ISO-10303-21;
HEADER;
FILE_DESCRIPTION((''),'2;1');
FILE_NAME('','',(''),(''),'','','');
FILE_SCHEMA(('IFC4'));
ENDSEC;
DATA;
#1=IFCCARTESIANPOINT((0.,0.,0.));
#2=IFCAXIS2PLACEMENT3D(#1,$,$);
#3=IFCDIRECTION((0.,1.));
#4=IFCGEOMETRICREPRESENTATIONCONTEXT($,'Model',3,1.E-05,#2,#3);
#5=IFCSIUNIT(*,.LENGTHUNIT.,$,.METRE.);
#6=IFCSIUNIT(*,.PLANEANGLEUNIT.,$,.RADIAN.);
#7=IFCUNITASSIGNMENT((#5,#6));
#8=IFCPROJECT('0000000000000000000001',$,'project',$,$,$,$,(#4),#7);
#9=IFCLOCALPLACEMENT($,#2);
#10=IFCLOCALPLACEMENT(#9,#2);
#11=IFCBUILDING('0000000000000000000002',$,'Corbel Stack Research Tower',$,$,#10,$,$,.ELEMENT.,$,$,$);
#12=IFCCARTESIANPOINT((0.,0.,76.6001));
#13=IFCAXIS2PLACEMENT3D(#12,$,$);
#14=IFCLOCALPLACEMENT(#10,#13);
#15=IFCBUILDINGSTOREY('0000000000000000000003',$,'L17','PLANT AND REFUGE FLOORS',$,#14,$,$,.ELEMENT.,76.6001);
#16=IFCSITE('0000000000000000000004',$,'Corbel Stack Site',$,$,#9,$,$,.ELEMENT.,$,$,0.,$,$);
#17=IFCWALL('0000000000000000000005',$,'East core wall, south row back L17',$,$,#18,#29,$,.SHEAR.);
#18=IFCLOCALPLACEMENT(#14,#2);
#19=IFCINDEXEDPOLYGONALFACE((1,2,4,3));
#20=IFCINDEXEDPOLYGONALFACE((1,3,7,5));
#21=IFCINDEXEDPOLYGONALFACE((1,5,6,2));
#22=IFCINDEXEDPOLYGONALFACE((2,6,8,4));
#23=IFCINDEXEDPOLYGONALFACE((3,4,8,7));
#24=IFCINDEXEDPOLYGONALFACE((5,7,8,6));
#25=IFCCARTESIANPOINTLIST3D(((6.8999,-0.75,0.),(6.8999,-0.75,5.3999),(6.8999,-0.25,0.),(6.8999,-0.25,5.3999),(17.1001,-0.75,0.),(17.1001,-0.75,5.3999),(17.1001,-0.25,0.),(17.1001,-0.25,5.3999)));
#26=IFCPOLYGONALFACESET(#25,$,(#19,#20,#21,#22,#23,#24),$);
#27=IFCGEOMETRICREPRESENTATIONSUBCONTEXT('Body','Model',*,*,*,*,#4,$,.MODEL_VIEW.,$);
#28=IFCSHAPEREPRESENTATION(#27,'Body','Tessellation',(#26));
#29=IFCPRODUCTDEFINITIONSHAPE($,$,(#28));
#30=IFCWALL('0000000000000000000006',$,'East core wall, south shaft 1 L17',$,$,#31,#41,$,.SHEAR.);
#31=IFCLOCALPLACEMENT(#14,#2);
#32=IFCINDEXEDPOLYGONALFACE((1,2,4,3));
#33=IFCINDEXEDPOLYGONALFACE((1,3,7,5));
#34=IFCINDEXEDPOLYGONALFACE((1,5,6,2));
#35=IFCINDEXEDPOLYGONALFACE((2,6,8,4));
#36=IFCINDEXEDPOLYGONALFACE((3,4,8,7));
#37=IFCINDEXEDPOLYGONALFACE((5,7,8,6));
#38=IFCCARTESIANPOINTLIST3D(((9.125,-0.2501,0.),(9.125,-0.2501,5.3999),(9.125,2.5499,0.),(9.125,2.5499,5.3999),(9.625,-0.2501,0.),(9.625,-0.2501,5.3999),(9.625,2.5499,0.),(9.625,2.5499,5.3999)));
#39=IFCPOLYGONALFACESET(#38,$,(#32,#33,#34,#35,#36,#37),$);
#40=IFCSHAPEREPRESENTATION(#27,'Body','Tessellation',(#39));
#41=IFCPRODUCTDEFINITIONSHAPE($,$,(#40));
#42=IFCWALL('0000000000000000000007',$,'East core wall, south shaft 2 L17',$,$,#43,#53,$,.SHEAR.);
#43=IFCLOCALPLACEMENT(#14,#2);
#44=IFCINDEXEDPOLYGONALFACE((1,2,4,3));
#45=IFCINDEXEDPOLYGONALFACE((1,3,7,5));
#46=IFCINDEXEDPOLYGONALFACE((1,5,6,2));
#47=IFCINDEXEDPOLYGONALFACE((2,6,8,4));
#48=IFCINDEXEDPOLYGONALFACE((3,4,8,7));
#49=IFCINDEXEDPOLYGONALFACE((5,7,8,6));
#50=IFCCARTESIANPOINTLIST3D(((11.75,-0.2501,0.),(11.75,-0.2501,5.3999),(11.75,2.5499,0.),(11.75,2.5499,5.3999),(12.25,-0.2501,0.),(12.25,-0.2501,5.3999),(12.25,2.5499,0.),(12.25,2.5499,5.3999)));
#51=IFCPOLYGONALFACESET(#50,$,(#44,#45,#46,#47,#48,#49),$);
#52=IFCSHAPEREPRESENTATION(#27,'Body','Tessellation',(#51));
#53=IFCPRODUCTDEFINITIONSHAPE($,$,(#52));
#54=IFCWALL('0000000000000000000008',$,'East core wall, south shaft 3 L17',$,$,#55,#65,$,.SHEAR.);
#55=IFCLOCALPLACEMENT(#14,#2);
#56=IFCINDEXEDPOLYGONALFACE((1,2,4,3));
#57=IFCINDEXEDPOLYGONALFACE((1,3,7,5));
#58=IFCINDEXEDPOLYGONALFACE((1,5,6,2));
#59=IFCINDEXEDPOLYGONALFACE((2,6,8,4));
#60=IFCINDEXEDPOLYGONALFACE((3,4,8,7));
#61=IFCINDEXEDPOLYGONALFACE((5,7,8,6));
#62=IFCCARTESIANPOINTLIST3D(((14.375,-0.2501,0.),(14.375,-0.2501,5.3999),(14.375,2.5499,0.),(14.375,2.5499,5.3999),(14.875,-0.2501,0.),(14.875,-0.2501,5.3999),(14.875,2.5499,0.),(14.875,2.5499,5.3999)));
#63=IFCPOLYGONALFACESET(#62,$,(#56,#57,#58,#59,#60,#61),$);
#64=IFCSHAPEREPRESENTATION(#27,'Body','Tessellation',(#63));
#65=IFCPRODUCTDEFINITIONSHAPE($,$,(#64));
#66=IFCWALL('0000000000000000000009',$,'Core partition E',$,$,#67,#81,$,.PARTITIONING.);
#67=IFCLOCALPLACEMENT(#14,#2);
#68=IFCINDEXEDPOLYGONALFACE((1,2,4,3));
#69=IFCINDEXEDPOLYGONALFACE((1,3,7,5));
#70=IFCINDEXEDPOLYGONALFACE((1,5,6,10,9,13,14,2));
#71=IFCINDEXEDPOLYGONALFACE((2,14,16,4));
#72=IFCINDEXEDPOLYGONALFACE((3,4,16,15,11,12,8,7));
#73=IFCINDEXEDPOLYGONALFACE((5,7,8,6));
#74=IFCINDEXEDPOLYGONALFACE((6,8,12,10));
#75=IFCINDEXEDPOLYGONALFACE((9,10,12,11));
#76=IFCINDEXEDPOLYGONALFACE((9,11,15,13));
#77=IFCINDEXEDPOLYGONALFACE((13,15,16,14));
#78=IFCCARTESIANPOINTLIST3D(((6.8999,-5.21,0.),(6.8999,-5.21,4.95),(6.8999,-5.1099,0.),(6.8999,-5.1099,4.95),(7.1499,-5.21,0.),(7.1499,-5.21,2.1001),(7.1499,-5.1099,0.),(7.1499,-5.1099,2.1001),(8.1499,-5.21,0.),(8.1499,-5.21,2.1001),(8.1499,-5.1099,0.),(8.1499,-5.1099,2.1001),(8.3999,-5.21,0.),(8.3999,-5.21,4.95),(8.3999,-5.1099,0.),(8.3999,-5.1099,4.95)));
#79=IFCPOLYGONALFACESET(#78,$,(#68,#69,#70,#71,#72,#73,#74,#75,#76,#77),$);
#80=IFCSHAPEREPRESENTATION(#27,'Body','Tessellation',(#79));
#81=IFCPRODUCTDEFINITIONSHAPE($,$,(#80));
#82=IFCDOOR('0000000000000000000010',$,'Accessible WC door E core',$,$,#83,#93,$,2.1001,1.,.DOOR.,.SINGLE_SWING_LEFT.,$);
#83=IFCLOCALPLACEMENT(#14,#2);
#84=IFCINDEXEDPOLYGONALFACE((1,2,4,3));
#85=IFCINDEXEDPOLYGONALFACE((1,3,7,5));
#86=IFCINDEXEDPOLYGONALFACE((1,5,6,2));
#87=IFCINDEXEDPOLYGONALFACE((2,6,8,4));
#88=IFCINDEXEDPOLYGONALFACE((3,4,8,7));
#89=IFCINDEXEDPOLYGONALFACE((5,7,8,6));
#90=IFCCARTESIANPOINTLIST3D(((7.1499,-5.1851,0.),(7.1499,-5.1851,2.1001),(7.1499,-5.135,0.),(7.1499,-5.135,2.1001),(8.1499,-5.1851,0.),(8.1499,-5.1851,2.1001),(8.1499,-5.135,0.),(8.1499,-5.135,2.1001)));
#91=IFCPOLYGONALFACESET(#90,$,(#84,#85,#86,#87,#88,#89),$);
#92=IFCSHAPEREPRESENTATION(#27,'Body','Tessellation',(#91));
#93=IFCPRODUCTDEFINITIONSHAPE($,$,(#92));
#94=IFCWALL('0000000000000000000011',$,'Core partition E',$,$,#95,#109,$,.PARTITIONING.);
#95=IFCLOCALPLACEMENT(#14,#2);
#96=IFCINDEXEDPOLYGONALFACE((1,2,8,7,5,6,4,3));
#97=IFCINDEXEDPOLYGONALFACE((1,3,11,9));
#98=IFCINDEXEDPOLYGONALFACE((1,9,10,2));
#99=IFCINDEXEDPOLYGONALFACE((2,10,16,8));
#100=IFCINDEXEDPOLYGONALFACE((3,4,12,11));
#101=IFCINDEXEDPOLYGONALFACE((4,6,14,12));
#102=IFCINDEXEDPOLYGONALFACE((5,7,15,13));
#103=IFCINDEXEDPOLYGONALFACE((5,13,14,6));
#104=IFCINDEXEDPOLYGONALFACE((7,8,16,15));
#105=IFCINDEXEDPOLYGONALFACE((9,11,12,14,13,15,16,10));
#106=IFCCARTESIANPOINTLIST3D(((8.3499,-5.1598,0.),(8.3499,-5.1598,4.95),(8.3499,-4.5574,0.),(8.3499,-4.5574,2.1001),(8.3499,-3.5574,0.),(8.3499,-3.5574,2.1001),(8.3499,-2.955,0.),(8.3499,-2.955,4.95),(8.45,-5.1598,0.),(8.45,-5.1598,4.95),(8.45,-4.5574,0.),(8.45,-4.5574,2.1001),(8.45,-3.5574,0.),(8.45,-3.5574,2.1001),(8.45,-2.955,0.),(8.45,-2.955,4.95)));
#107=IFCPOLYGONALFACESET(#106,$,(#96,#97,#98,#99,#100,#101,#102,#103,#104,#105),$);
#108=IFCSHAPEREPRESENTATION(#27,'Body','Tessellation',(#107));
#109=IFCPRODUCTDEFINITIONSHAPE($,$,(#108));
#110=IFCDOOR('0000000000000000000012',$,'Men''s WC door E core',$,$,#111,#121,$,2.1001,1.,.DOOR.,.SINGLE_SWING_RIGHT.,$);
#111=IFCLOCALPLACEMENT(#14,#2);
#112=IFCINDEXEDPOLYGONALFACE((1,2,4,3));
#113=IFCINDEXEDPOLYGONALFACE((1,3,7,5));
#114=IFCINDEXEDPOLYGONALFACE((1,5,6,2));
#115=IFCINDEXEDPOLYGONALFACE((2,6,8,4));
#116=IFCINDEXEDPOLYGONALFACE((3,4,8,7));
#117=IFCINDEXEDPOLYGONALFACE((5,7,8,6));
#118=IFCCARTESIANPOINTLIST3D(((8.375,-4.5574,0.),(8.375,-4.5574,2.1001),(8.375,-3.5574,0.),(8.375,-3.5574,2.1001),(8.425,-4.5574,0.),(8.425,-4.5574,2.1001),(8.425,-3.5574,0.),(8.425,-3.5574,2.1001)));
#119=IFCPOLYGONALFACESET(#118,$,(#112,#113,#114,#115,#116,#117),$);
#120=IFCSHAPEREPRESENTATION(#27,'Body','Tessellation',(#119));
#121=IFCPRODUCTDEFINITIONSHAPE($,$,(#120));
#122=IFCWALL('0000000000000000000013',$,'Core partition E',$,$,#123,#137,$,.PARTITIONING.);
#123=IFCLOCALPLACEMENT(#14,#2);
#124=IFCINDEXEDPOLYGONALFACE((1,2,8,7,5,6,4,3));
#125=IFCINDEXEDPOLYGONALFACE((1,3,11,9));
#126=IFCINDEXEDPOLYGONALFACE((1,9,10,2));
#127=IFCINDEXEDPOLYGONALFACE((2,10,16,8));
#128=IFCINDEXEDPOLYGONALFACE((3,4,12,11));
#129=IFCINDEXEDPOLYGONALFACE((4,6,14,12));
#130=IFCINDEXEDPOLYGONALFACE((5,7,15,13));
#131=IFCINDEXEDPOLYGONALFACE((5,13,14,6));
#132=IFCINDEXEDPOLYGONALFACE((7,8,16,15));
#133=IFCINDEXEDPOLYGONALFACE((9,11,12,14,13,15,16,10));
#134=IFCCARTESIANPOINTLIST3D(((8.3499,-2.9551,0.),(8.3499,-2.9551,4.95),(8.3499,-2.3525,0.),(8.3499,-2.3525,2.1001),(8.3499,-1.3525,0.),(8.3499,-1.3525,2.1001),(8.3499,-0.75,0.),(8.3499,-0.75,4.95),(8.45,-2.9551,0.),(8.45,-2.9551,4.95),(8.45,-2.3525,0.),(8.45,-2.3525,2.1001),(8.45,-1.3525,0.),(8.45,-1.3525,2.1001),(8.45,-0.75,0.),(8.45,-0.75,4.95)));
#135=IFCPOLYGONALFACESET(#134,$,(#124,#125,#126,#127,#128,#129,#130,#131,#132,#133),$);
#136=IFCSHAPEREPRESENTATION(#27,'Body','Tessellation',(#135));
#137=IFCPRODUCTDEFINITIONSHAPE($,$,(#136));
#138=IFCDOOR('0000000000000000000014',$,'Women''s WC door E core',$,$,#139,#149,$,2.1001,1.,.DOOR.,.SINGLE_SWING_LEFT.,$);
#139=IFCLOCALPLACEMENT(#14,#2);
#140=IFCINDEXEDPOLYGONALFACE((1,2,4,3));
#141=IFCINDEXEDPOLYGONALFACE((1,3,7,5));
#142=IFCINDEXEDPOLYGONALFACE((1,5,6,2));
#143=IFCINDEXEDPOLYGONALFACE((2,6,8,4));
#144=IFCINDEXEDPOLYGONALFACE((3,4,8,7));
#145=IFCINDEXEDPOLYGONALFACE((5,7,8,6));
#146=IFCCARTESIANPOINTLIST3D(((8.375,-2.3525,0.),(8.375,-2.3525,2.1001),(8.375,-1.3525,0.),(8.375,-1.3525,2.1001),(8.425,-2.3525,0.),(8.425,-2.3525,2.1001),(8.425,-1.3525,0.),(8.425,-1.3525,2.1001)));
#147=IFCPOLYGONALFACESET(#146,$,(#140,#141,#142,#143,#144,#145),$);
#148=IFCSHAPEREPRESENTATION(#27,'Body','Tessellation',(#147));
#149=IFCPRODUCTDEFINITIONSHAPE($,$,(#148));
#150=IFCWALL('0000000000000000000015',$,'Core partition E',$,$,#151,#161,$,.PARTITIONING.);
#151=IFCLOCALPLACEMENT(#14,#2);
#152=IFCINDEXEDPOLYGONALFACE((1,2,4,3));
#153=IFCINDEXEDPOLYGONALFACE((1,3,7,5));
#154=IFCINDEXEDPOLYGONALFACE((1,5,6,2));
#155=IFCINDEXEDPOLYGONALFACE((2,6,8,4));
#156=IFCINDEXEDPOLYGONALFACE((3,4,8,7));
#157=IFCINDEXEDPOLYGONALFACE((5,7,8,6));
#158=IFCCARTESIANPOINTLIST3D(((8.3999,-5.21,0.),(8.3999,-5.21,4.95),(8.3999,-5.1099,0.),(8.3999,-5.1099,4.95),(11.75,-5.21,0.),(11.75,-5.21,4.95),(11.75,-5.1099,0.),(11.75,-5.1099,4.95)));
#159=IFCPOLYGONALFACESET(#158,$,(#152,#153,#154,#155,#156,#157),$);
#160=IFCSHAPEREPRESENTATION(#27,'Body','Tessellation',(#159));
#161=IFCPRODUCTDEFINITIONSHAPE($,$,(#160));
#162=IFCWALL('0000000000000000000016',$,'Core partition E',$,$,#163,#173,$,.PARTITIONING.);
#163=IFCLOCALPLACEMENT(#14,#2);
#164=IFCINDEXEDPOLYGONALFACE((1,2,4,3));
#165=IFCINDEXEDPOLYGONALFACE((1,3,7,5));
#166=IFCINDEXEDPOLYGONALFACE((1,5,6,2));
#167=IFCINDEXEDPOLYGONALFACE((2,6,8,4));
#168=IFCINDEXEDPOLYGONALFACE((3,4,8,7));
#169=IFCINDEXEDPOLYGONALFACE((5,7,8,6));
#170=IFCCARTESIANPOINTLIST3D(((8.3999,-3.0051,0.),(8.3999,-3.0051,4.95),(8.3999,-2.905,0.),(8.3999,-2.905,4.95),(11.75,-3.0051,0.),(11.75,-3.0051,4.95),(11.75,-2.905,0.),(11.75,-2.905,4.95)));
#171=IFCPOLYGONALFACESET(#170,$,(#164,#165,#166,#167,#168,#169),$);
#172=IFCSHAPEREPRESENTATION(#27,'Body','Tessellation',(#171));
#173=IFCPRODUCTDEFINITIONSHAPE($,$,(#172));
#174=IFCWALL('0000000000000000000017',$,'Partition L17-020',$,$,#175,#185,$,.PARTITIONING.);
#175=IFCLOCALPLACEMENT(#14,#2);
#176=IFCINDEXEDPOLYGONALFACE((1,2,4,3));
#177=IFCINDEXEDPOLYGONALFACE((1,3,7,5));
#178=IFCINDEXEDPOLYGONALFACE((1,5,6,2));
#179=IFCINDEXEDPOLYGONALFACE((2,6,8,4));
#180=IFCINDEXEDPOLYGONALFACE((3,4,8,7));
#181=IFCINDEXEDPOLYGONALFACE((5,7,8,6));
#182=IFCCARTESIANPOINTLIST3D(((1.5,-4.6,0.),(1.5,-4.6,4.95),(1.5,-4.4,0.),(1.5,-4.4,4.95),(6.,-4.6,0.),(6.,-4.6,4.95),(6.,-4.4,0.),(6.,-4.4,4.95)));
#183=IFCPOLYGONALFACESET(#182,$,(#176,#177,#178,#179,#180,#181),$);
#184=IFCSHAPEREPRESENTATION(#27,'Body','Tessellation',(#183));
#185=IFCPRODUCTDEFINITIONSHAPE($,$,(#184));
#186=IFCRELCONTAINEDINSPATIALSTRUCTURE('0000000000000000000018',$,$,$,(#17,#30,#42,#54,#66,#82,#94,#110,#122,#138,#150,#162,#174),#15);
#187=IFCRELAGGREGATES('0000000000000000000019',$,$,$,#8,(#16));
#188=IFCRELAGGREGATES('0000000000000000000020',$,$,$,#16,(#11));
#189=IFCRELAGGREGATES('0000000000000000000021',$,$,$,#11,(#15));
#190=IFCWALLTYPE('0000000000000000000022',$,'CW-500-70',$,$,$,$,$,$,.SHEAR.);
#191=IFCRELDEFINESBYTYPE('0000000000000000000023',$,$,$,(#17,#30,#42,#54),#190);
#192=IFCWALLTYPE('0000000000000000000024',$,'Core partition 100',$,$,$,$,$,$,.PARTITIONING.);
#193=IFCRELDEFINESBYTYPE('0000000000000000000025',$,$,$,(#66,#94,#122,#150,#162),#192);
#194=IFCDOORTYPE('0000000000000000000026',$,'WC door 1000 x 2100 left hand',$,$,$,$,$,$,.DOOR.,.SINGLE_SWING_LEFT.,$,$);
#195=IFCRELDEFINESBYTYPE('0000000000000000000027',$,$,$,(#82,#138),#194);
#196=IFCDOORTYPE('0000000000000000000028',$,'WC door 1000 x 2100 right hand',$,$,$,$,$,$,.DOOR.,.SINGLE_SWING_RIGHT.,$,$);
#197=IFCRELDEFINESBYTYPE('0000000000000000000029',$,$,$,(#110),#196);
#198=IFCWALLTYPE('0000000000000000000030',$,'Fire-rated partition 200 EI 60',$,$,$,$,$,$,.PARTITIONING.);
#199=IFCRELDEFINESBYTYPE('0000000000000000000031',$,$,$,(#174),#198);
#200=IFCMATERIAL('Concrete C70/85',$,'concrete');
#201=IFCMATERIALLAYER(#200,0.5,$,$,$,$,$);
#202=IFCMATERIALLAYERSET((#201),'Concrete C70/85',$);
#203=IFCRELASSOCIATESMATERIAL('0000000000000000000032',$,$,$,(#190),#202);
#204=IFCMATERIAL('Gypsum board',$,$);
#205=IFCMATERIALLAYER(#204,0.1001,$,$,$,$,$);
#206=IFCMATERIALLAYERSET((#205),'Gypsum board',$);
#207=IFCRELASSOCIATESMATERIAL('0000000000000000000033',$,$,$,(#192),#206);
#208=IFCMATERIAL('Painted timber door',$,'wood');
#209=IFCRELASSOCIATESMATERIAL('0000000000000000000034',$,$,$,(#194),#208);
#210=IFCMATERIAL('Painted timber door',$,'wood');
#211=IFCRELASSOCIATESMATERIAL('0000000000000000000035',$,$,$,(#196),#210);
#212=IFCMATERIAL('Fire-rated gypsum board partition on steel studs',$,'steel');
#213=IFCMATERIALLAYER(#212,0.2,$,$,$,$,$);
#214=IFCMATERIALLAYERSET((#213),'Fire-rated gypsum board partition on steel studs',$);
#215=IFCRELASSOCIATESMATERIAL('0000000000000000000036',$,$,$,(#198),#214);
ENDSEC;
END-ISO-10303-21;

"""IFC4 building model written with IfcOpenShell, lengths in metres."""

from ifc_helpers import new_model, si_unit, direction, frame, frame_2d, origin, place, context, subcontext, project, spatial, rectangle, extrude, material, layer, layer_set, type_object, element, fill, save


model = new_model("IFC4")

# Units and contexts
model_context = context("Model", 3, precision=1e-05, world=origin(), true_north=direction((0.0, 1.0)))
body_context = subcontext(model_context, "Body", "Model", "MODEL_VIEW")
ifc_project = project(units=[si_unit("LENGTHUNIT", "METRE"), si_unit("PLANEANGLEUNIT", "RADIAN")], contexts=[model_context])

# Site, building, storey
site_placement = place(None, origin())
site = spatial("IfcSite", under=ifc_project, at=site_placement, Name="Corbel Stack Site", CompositionType="ELEMENT", RefElevation=0.0)
building_placement = place(site_placement, origin())
building = spatial("IfcBuilding", under=site, at=building_placement, Name="Corbel Stack Research Tower", CompositionType="ELEMENT")
storey_placement = place(building_placement, frame((0.0, 0.0, 76.6001)))
storey = spatial("IfcBuildingStorey", under=building, at=storey_placement, Name="L17", Description="PLANT AND REFUGE FLOORS", CompositionType="ELEMENT", Elevation=76.6001)

# Walls
ifc_material_1 = material(Name="Concrete C70/85", Category="concrete")
ifc_layer_1 = layer(ifc_material_1, 0.5)
ifc_layer_set_1 = layer_set([ifc_layer_1], Name="Concrete C70/85")
wall_type_1 = type_object("IfcWallType", Name="CW-500-70", PredefinedType="SHEAR", material=ifc_layer_set_1)
wall_1_placement = place(storey_placement, frame((6.8999, -0.5, 0.0), z_axis=(0.0, 0.0, 1.0), x_axis=(1.0, 0.0, 0.0)))
element("IfcWall", 1, at=wall_1_placement, inside=storey, type_object=wall_type_1, Name="East core wall, south row back L17", PredefinedType="SHEAR", context=body_context, shape_type="SweptSolid", body=[
    extrude(rectangle(XDim=10.2002, YDim=0.5, at=frame_2d((5.1001, 0.0))), origin(), (0.0, 0.0, 1.0), 5.3999),
])
for number, where, z_axis, x_axis, name in (
    (2, (9.375, -0.25, 0.0), (0.0, 0.0, 1.0), (0.0, 1.0, 0.0), "East core wall, south shaft 1 L17"),
    (3, (12.0, -0.25, 0.0), (0.0, 0.0, 1.0), (0.0, 1.0, 0.0), "East core wall, south shaft 2 L17"),
    (4, (14.625, -0.25, 0.0), (0.0, 0.0, 1.0), (0.0, 1.0, 0.0), "East core wall, south shaft 3 L17"),
):
    element("IfcWall", number, at=place(storey_placement, frame(where, z_axis=z_axis, x_axis=x_axis)), inside=storey, type_object=wall_type_1, Name=name, PredefinedType="SHEAR", context=body_context, shape_type="SweptSolid", body=[
        extrude(rectangle(XDim=2.8, YDim=0.5, at=frame_2d((1.3999, 0.0))), origin(), (0.0, 0.0, 1.0), 5.3999),
    ])

# Walls, openings, doors
ifc_material_2 = material(Name="Gypsum board")
ifc_layer_2 = layer(ifc_material_2, 0.1001)
ifc_layer_set_2 = layer_set([ifc_layer_2], Name="Gypsum board")
wall_type_2 = type_object("IfcWallType", Name="Core partition 100", PredefinedType="PARTITIONING", material=ifc_layer_set_2)
wall_2_placement = place(storey_placement, frame((6.8999, -5.1599, 0.0), z_axis=(0.0, 0.0, 1.0), x_axis=(1.0, 0.0, 0.0)))
wall_2 = element("IfcWall", 5, at=wall_2_placement, inside=storey, type_object=wall_type_2, Name="Core partition E", PredefinedType="PARTITIONING", context=body_context, shape_type="SweptSolid", body=[
    extrude(rectangle(XDim=1.5, YDim=0.1001, at=frame_2d((0.75, 0.0))), origin(), (0.0, 0.0, 1.0), 4.95),
])
opening_1_placement = place(wall_2_placement, frame((0.25, 0.0, 0.0)))
opening_1 = element("IfcOpeningElement", 6, at=opening_1_placement, cuts=wall_2, PredefinedType="OPENING", context=body_context, shape_type="SweptSolid", body=[
    extrude(rectangle(XDim=1.0, YDim=2.1001, at=frame_2d((0.5, 1.05))), frame((0.0, 0.0601, 0.0), z_axis=(0.0, -1.0, 0.0), x_axis=(1.0, 0.0, 0.0)), (0.0, 0.0, 1.0), 0.1201),
])
ifc_material_3 = material(Name="Painted timber door", Category="wood")
door_type_1 = type_object("IfcDoorType", Name="WC door 1000 x 2100 left hand", OperationType="SINGLE_SWING_LEFT", PredefinedType="DOOR", material=ifc_material_3)
door_1_placement = place(opening_1_placement, origin())
door_1 = element("IfcDoor", 7, at=door_1_placement, inside=storey, type_object=door_type_1, Name="Accessible WC door E core", OperationType="SINGLE_SWING_LEFT", OverallHeight=2.1001, OverallWidth=1.0, PredefinedType="DOOR", context=body_context, shape_type="SweptSolid", body=[
    extrude(rectangle(XDim=1.0, YDim=2.1001, at=frame_2d((0.5, 1.05))), frame((0.0, 0.0249, 0.0), z_axis=(0.0, -1.0, 0.0), x_axis=(1.0, 0.0, 0.0)), (0.0, 0.0, 1.0), 0.05),
])
fill(opening_1, door_1)
wall_3_placement = place(storey_placement, frame((8.3999, -5.1599, 0.0), z_axis=(0.0, 0.0, 1.0), x_axis=(0.0, 1.0, 0.0)))
wall_3 = element("IfcWall", 8, at=wall_3_placement, inside=storey, type_object=wall_type_2, Name="Core partition E", PredefinedType="PARTITIONING", context=body_context, shape_type="SweptSolid", body=[
    extrude(rectangle(XDim=2.2048, YDim=0.1001, at=frame_2d((1.1025, 0.0))), origin(), (0.0, 0.0, 1.0), 4.95),
])
opening_2_placement = place(wall_3_placement, frame((0.6025, 0.0, 0.0)))
opening_2 = element("IfcOpeningElement", 9, at=opening_2_placement, cuts=wall_3, PredefinedType="OPENING", context=body_context, shape_type="SweptSolid", body=[
    extrude(rectangle(XDim=1.0, YDim=2.1001, at=frame_2d((0.5, 1.05))), frame((0.0, 0.0601, 0.0), z_axis=(0.0, -1.0, 0.0), x_axis=(1.0, 0.0, 0.0)), (0.0, 0.0, 1.0), 0.1201),
])
ifc_material_4 = material(Name="Painted timber door", Category="wood")
door_type_2 = type_object("IfcDoorType", Name="WC door 1000 x 2100 right hand", OperationType="SINGLE_SWING_RIGHT", PredefinedType="DOOR", material=ifc_material_4)
door_2_placement = place(opening_2_placement, origin())
door_2 = element("IfcDoor", 10, at=door_2_placement, inside=storey, type_object=door_type_2, Name="Men's WC door E core", OperationType="SINGLE_SWING_RIGHT", OverallHeight=2.1001, OverallWidth=1.0, PredefinedType="DOOR", context=body_context, shape_type="SweptSolid", body=[
    extrude(rectangle(XDim=1.0, YDim=2.1001, at=frame_2d((0.5, 1.05))), frame((0.0, 0.0249, 0.0), z_axis=(0.0, -1.0, 0.0), x_axis=(1.0, 0.0, 0.0)), (0.0, 0.0, 1.0), 0.05),
])
fill(opening_2, door_2)
wall_4_placement = place(storey_placement, frame((8.3999, -2.9551, 0.0), z_axis=(0.0, 0.0, 1.0), x_axis=(0.0, 1.0, 0.0)))
wall_4 = element("IfcWall", 11, at=wall_4_placement, inside=storey, type_object=wall_type_2, Name="Core partition E", PredefinedType="PARTITIONING", context=body_context, shape_type="SweptSolid", body=[
    extrude(rectangle(XDim=2.2051, YDim=0.1001, at=frame_2d((1.1025, 0.0))), origin(), (0.0, 0.0, 1.0), 4.95),
])
opening_3_placement = place(wall_4_placement, frame((0.6025, 0.0, 0.0)))
opening_3 = element("IfcOpeningElement", 12, at=opening_3_placement, cuts=wall_4, PredefinedType="OPENING", context=body_context, shape_type="SweptSolid", body=[
    extrude(rectangle(XDim=1.0, YDim=2.1001, at=frame_2d((0.5, 1.05))), frame((0.0, 0.0601, 0.0), z_axis=(0.0, -1.0, 0.0), x_axis=(1.0, 0.0, 0.0)), (0.0, 0.0, 1.0), 0.1201),
])
door_3_placement = place(opening_3_placement, origin())
door_3 = element("IfcDoor", 13, at=door_3_placement, inside=storey, type_object=door_type_1, Name="Women's WC door E core", OperationType="SINGLE_SWING_LEFT", OverallHeight=2.1001, OverallWidth=1.0, PredefinedType="DOOR", context=body_context, shape_type="SweptSolid", body=[
    extrude(rectangle(XDim=1.0, YDim=2.1001, at=frame_2d((0.5, 1.05))), frame((0.0, 0.0249, 0.0), z_axis=(0.0, -1.0, 0.0), x_axis=(1.0, 0.0, 0.0)), (0.0, 0.0, 1.0), 0.05),
])
fill(opening_3, door_3)

# Walls
for number, where, z_axis, x_axis, name in (
    (14, (8.3999, -5.1599, 0.0), (0.0, 0.0, 1.0), (1.0, 0.0, 0.0), "Core partition E"),
    (15, (8.3999, -2.9551, 0.0), (0.0, 0.0, 1.0), (1.0, 0.0, 0.0), "Core partition E"),
):
    element("IfcWall", number, at=place(storey_placement, frame(where, z_axis=z_axis, x_axis=x_axis)), inside=storey, type_object=wall_type_2, Name=name, PredefinedType="PARTITIONING", context=body_context, shape_type="SweptSolid", body=[
        extrude(rectangle(XDim=3.3501, YDim=0.1001, at=frame_2d((1.675, 0.0))), origin(), (0.0, 0.0, 1.0), 4.95),
    ])
ifc_material_5 = material(Name="Fire-rated gypsum board partition on steel studs", Category="steel")
ifc_layer_3 = layer(ifc_material_5, 0.2)
ifc_layer_set_3 = layer_set([ifc_layer_3], Name="Fire-rated gypsum board partition on steel studs")
wall_type_3 = type_object("IfcWallType", Name="Fire-rated partition 200 EI 60", PredefinedType="PARTITIONING", material=ifc_layer_set_3)
wall_5_placement = place(storey_placement, frame((1.5, -4.5, 0.0), z_axis=(0.0, 0.0, 1.0), x_axis=(1.0, 0.0, 0.0)))
element("IfcWall", 16, at=wall_5_placement, inside=storey, type_object=wall_type_3, Name="Partition L17-020", PredefinedType="PARTITIONING", context=body_context, shape_type="SweptSolid", body=[
    extrude(rectangle(XDim=4.5, YDim=0.2, at=frame_2d((2.25, 0.0))), origin(), (0.0, 0.0, 1.0), 4.95),
])

save(model, "model.ifc")
